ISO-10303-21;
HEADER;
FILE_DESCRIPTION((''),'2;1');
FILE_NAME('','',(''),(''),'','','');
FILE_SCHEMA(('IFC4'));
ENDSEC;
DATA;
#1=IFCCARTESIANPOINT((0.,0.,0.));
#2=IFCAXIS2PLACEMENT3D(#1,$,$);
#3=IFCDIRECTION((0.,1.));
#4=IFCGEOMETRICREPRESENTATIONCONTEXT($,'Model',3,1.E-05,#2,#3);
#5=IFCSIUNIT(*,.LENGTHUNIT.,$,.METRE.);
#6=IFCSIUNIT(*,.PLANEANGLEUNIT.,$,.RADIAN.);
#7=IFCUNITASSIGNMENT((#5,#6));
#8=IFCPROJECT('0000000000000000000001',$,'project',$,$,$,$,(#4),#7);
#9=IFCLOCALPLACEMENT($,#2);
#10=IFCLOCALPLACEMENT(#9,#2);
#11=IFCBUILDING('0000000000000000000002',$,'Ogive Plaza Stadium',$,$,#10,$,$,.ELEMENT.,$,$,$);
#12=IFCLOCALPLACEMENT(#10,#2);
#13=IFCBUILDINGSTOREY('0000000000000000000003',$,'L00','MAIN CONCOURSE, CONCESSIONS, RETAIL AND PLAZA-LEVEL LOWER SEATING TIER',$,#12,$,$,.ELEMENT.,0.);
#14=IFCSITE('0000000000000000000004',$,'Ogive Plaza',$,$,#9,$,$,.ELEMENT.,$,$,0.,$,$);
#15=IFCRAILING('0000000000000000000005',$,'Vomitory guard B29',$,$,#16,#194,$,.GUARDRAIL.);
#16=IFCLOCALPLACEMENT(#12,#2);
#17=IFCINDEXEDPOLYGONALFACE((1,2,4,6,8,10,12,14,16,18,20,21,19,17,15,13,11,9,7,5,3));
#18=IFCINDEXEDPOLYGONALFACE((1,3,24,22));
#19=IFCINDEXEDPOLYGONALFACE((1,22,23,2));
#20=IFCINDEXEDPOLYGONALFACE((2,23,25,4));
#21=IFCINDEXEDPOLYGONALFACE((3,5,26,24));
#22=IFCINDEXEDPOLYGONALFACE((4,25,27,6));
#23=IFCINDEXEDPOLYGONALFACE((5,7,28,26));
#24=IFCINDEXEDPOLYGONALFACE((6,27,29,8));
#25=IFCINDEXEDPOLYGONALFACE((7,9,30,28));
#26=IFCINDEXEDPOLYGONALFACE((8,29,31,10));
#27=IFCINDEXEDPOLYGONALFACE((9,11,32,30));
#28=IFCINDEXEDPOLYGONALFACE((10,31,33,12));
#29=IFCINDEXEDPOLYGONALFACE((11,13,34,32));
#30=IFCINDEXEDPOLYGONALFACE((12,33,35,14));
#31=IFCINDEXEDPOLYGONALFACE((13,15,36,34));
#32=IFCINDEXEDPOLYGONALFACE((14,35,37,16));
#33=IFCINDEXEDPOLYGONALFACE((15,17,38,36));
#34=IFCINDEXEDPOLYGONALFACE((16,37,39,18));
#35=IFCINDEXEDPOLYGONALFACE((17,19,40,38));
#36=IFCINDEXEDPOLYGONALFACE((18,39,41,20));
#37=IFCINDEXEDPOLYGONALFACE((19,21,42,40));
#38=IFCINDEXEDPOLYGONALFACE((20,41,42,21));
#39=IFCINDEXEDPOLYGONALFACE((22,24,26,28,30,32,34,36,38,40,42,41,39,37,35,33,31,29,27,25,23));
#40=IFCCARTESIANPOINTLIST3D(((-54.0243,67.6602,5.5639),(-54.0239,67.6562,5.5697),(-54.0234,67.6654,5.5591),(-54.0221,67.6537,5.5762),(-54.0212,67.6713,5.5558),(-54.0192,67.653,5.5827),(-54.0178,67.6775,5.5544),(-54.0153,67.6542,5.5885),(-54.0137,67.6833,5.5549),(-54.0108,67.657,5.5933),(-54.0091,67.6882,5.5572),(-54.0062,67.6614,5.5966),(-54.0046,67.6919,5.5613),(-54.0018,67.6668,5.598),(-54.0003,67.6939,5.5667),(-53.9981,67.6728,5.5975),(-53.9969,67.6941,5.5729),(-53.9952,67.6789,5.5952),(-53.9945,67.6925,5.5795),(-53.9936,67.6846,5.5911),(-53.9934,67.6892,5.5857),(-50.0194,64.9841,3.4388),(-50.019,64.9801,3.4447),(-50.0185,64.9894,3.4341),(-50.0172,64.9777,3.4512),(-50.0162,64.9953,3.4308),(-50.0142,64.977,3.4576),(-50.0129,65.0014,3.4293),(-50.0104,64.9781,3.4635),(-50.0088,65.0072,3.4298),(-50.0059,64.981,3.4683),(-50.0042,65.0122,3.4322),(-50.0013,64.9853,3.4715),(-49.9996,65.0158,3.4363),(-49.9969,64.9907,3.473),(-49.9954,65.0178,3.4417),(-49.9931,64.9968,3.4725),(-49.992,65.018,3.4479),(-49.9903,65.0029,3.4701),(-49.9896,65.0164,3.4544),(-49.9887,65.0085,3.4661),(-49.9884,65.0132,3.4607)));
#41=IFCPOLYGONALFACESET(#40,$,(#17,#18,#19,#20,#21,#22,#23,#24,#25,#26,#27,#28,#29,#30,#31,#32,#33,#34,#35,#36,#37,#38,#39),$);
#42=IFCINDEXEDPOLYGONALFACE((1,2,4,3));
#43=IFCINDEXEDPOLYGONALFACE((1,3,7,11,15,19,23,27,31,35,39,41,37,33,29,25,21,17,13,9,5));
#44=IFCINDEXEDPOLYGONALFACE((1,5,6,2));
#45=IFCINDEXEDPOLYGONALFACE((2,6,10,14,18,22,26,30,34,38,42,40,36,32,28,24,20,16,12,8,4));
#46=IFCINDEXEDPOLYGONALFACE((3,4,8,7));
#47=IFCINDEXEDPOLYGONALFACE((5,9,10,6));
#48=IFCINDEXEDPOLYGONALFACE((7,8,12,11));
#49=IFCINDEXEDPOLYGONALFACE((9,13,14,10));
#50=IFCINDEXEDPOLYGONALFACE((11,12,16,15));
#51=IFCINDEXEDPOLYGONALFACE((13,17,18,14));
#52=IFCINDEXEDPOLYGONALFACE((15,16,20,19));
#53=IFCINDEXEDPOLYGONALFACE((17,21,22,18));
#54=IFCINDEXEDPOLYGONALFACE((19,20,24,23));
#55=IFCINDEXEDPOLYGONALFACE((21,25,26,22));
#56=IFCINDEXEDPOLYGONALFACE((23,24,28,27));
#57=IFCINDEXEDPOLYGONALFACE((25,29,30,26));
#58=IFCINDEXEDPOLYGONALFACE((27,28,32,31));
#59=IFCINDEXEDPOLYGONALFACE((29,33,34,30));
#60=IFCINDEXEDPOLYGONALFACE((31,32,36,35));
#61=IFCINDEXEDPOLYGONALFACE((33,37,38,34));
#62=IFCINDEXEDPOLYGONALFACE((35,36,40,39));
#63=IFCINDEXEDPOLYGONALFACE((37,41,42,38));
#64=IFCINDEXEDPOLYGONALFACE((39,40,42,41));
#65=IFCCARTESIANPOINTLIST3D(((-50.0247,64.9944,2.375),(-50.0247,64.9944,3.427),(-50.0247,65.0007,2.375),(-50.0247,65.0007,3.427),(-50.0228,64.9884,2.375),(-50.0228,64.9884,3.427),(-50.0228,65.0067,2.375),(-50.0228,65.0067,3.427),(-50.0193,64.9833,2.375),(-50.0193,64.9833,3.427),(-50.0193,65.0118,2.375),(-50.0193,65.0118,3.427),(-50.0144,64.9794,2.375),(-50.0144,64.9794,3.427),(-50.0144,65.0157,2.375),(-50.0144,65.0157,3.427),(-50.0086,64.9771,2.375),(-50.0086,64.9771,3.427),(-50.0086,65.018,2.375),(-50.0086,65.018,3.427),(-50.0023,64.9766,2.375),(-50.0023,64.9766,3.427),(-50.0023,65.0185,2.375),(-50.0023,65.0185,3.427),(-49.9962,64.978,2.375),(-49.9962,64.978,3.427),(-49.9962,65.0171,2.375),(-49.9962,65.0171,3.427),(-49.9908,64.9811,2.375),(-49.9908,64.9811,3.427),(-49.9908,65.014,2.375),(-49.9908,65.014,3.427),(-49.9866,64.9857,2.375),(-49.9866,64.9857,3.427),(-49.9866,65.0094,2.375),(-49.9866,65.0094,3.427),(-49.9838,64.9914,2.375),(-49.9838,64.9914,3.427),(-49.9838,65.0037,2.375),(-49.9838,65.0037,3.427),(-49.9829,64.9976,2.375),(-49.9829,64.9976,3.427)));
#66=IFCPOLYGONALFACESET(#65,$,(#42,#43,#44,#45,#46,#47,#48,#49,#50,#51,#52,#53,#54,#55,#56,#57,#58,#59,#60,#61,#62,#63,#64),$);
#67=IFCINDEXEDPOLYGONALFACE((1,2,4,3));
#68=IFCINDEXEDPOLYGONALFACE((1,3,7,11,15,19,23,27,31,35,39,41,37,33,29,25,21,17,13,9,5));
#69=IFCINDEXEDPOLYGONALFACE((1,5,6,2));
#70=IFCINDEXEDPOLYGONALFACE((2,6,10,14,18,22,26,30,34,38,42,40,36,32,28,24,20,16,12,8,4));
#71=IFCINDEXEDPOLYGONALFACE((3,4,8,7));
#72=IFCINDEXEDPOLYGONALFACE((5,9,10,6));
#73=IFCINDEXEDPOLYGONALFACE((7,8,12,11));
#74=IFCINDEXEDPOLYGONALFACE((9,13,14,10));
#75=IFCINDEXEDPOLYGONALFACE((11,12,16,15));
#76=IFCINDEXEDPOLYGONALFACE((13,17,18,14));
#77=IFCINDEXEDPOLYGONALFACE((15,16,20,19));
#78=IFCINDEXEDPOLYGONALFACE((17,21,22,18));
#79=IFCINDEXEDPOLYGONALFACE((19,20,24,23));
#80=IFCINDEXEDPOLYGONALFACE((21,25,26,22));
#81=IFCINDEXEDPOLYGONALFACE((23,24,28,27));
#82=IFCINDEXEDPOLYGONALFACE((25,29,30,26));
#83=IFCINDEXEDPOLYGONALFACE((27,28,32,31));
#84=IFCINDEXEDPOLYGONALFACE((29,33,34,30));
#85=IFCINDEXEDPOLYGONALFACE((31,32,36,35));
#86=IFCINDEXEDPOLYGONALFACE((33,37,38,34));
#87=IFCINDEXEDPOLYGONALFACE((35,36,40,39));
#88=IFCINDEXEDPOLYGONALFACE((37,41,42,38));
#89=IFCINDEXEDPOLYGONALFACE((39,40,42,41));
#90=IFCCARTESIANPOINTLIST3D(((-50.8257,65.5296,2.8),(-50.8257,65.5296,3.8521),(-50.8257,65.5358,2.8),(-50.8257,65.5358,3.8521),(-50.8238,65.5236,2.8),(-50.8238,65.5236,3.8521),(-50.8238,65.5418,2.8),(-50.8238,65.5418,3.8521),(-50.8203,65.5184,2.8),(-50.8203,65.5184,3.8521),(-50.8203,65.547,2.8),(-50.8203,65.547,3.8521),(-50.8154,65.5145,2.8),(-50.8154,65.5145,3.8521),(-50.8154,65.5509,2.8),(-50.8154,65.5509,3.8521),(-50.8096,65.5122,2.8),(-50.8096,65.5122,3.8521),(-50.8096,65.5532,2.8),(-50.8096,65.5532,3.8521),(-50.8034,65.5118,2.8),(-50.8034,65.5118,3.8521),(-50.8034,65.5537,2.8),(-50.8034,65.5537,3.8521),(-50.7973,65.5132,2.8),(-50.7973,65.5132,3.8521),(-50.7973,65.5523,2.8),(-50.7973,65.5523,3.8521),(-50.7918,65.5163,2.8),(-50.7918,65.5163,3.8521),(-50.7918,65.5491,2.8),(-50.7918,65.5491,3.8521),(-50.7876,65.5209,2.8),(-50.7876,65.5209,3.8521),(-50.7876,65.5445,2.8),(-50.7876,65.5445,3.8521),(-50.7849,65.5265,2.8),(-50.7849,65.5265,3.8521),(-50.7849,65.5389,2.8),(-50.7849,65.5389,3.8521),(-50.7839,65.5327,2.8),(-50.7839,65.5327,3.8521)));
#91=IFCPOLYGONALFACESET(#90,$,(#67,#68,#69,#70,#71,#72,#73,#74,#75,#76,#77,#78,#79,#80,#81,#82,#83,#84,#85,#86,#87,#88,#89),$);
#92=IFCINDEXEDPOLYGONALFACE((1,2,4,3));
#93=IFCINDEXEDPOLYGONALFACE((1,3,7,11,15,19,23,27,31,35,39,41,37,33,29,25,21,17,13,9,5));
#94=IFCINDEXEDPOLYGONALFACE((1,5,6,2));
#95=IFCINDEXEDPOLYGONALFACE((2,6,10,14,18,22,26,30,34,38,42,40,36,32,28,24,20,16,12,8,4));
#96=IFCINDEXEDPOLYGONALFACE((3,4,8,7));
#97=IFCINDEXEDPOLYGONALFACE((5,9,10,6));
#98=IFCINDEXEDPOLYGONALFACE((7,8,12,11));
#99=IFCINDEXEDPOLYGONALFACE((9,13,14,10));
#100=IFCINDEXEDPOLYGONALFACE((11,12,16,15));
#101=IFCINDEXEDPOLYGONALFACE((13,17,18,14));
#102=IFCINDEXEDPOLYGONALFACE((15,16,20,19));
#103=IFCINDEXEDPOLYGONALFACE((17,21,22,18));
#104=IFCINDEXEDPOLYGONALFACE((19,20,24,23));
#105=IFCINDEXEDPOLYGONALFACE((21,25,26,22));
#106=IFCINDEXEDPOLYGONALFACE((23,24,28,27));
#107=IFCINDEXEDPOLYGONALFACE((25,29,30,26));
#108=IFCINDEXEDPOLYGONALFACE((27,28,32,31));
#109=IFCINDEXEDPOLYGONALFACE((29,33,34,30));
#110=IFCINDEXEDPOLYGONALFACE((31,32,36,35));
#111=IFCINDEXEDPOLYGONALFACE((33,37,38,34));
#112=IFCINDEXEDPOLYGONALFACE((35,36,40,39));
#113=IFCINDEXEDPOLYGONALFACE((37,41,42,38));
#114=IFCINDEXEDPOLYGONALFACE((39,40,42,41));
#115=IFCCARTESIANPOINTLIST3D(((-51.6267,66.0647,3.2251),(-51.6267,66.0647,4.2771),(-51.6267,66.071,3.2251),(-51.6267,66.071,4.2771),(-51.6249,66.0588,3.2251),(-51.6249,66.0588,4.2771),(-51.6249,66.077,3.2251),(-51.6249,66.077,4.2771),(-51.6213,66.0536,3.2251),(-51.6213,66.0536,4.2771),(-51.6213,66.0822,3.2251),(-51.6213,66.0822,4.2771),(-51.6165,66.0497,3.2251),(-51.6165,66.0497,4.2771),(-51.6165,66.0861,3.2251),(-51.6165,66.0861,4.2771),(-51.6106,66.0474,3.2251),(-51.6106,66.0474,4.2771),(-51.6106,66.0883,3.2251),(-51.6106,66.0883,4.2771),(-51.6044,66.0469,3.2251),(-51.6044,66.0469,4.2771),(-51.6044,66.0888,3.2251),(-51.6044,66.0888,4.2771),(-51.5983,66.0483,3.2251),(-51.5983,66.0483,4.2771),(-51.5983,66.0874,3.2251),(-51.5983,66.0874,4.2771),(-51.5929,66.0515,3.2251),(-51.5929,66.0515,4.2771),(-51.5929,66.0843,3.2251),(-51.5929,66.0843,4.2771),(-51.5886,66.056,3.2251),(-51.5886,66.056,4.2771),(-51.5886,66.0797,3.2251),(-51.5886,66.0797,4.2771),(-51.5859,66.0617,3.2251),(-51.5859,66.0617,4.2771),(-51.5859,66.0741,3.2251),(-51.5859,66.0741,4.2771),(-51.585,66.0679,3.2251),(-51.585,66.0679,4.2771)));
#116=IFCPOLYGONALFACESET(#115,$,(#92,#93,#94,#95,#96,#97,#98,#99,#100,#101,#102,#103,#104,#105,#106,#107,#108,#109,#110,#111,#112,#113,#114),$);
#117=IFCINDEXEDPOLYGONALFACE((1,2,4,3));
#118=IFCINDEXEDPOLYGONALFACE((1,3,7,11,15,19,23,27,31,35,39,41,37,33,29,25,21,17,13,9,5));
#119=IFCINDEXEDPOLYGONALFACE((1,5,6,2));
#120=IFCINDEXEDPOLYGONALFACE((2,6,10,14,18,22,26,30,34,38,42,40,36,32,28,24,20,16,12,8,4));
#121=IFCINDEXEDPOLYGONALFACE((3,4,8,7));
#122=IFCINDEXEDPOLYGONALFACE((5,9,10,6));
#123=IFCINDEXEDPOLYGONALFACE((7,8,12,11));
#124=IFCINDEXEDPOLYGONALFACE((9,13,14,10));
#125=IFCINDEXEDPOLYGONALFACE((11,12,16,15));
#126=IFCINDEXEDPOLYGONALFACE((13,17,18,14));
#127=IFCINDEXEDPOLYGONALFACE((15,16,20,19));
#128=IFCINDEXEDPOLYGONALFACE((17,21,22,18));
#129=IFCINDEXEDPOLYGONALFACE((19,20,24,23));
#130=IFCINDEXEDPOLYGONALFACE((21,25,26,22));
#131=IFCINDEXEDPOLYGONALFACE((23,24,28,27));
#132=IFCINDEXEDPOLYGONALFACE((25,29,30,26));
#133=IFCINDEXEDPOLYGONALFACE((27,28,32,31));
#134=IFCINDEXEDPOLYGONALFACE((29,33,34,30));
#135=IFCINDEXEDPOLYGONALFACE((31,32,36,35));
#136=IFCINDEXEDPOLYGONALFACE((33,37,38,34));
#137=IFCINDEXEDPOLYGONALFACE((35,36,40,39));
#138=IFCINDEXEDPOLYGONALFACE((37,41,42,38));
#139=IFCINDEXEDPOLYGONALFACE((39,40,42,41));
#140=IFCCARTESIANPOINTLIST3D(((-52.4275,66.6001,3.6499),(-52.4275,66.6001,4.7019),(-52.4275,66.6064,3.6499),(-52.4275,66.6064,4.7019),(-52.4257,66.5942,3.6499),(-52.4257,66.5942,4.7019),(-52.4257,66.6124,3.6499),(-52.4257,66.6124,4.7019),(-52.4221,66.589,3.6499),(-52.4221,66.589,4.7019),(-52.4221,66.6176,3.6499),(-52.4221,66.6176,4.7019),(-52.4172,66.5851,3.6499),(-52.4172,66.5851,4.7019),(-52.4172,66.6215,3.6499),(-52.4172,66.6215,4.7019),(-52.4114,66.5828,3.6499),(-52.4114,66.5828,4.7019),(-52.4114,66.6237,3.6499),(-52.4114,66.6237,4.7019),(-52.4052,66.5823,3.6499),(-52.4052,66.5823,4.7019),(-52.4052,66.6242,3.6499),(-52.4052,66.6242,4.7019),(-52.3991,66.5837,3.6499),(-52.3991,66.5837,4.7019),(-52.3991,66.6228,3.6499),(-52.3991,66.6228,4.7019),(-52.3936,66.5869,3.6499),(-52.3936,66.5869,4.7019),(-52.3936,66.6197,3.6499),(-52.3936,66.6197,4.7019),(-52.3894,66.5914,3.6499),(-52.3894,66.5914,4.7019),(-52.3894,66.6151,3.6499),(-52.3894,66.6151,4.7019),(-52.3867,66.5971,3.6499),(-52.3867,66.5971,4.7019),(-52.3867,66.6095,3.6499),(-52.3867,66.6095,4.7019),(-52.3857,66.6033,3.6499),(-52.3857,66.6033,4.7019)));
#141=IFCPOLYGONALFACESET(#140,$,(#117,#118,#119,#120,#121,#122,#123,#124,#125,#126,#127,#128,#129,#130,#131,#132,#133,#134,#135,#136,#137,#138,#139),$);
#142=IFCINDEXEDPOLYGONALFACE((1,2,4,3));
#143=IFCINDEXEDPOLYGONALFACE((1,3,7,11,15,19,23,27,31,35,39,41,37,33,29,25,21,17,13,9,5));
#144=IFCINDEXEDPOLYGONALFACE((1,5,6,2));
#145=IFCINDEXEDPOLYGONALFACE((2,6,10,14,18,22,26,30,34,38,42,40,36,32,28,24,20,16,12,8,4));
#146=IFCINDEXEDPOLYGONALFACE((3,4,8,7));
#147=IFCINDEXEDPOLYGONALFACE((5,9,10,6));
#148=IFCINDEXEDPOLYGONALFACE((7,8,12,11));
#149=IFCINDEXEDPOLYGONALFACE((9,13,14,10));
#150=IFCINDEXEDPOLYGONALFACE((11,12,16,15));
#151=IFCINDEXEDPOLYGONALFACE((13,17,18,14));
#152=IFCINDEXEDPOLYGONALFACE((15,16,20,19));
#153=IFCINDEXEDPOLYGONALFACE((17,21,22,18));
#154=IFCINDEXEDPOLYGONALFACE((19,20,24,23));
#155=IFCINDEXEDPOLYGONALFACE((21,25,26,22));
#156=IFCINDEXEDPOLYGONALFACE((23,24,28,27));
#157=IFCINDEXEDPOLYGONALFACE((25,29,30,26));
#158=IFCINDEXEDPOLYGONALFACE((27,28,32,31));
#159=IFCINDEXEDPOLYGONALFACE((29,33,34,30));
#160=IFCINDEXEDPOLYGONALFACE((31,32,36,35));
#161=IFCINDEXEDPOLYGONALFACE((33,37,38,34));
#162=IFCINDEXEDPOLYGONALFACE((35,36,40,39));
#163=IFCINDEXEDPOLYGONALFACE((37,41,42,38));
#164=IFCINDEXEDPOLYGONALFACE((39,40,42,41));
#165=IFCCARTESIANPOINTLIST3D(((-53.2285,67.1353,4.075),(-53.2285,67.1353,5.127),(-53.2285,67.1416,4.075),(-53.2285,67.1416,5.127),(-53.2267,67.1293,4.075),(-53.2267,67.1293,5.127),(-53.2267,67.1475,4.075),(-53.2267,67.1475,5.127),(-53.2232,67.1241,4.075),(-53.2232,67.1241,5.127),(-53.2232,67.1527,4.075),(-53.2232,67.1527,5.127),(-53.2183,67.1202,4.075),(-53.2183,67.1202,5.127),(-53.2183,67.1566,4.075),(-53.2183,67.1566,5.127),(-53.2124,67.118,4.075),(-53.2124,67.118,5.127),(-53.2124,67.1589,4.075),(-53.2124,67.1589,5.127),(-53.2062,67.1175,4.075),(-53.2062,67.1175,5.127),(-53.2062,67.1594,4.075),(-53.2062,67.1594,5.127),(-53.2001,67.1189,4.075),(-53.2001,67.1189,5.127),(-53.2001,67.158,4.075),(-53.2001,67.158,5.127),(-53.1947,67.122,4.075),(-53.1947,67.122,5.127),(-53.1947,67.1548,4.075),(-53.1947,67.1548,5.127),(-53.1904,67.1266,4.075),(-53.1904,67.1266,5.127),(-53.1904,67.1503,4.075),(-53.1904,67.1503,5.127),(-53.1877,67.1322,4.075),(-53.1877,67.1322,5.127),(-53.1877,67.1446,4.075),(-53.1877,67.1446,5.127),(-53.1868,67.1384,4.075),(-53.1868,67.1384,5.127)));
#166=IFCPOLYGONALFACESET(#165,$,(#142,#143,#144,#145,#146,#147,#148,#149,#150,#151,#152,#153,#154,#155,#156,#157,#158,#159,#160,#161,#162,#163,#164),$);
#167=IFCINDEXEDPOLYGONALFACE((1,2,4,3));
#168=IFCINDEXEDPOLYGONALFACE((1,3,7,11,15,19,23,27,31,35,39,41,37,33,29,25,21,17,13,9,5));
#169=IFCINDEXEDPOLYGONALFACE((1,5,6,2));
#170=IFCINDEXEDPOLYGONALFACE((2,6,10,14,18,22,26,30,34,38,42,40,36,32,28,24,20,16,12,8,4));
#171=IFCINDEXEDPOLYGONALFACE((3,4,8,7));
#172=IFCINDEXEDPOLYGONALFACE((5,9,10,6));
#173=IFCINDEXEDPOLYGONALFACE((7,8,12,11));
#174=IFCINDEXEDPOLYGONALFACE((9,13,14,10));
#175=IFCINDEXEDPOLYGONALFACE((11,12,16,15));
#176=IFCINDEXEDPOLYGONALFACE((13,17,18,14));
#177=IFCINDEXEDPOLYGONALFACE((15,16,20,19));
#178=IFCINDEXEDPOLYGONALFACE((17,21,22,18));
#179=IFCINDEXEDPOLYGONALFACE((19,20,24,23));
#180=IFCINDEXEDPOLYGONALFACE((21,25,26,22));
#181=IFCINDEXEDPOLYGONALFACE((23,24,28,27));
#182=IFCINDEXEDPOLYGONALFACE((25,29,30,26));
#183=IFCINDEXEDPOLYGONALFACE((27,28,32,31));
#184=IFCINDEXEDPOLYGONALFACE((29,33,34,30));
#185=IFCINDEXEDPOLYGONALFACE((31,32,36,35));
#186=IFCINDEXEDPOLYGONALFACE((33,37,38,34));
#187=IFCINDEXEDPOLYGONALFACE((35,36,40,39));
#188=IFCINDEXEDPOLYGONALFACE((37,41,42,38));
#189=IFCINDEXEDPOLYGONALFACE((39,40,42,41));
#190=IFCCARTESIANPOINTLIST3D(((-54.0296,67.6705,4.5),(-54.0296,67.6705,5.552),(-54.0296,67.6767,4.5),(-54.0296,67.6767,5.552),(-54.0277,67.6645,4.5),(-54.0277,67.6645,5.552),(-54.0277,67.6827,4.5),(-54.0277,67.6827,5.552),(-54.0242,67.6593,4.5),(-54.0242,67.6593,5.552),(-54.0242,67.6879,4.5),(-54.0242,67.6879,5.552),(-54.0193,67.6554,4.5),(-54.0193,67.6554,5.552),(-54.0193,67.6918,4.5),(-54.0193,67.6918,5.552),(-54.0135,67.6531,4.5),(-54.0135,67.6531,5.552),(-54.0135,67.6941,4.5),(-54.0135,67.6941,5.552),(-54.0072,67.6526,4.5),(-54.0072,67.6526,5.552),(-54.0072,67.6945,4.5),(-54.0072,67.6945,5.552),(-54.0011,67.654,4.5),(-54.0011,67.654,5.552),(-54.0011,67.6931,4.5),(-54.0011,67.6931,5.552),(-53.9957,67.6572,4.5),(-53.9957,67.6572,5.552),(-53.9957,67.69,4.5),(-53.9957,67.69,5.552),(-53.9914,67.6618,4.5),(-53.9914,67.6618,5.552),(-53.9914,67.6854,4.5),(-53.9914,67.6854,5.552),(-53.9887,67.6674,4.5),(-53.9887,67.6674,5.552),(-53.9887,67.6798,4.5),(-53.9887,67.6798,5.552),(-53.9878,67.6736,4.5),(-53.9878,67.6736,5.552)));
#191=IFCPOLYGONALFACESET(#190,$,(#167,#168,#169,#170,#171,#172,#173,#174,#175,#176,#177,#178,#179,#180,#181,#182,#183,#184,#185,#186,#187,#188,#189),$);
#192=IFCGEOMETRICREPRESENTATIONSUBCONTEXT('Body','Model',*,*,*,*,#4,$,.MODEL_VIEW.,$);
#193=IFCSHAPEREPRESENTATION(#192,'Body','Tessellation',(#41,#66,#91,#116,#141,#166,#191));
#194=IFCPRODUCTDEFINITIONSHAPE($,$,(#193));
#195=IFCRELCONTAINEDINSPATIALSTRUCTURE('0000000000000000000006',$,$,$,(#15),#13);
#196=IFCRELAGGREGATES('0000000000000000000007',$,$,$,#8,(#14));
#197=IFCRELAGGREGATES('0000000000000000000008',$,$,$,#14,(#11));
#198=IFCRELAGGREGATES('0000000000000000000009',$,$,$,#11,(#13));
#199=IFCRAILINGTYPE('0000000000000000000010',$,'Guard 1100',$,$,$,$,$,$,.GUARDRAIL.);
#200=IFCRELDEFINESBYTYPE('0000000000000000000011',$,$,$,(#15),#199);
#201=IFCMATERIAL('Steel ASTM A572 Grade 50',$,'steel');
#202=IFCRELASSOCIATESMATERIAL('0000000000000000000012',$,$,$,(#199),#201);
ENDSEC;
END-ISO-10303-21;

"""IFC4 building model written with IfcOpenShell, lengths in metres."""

from ifc_helpers import new_model, si_unit, direction, frame, origin, origin_2d, place, context, subcontext, project, spatial, circle, extrude, material, type_object, element, save


model = new_model("IFC4")

# Units and contexts
model_context = context("Model", 3, precision=1e-05, world=origin(), true_north=direction((0.0, 1.0)))
body_context = subcontext(model_context, "Body", "Model", "MODEL_VIEW")
ifc_project = project(units=[si_unit("LENGTHUNIT", "METRE"), si_unit("PLANEANGLEUNIT", "RADIAN")], contexts=[model_context])

# Site, building, storey
site_placement = place(None, origin())
site = spatial("IfcSite", under=ifc_project, at=site_placement, Name="Ogive Plaza", CompositionType="ELEMENT", RefElevation=0.0)
building_placement = place(site_placement, origin())
building = spatial("IfcBuilding", under=site, at=building_placement, Name="Ogive Plaza Stadium", CompositionType="ELEMENT")
storey_placement = place(building_placement, origin())
storey = spatial("IfcBuildingStorey", under=building, at=storey_placement, Name="L00", Description="MAIN CONCOURSE, CONCESSIONS, RETAIL AND PLAZA-LEVEL LOWER SEATING TIER", CompositionType="ELEMENT", Elevation=0.0)

# Railing
ifc_material_1 = material(Name="Steel ASTM A572 Grade 50", Category="steel")
railing_type = type_object("IfcRailingType", Name="Guard 1100", PredefinedType="GUARDRAIL", material=ifc_material_1)
for number, where, name in (
    (1, (-50.0039, 64.9976, 2.375), "Vomitory guard B29"),
):
    element("IfcRailing", number, at=place(storey_placement, frame(where)), inside=storey, type_object=railing_type, Name=name, PredefinedType="GUARDRAIL", context=body_context, shape_type="SweptSolid", body=[
        extrude(circle(Radius=0.0239, at=origin_2d()), frame((0.0, 0.0, 1.0762), z_axis=(-0.760722, 0.508307, 0.403641), x_axis=(-0.555577, -0.831465, 0.0)), (0.0, 0.0, 1.0), 5.2646),
        extrude(circle(Radius=0.021, at=origin_2d()), origin(), (0.0, 0.0, 1.0), 1.052),
        extrude(circle(Radius=0.021, at=origin_2d()), frame((-0.801, 0.5352, 0.425)), (0.0, 0.0, 1.0), 1.052),
        extrude(circle(Radius=0.021, at=origin_2d()), frame((-1.6021, 1.0703, 0.8501)), (0.0, 0.0, 1.0), 1.052),
        extrude(circle(Radius=0.021, at=origin_2d()), frame((-2.4028, 1.6057, 1.2749)), (0.0, 0.0, 1.0), 1.052),
        extrude(circle(Radius=0.021, at=origin_2d()), frame((-3.2039, 2.1409, 1.7)), (0.0, 0.0, 1.0), 1.052),
        extrude(circle(Radius=0.021, at=origin_2d()), frame((-4.0049, 2.676, 2.125)), (0.0, 0.0, 1.0), 1.052),
    ])

save(model, "model.ifc")
